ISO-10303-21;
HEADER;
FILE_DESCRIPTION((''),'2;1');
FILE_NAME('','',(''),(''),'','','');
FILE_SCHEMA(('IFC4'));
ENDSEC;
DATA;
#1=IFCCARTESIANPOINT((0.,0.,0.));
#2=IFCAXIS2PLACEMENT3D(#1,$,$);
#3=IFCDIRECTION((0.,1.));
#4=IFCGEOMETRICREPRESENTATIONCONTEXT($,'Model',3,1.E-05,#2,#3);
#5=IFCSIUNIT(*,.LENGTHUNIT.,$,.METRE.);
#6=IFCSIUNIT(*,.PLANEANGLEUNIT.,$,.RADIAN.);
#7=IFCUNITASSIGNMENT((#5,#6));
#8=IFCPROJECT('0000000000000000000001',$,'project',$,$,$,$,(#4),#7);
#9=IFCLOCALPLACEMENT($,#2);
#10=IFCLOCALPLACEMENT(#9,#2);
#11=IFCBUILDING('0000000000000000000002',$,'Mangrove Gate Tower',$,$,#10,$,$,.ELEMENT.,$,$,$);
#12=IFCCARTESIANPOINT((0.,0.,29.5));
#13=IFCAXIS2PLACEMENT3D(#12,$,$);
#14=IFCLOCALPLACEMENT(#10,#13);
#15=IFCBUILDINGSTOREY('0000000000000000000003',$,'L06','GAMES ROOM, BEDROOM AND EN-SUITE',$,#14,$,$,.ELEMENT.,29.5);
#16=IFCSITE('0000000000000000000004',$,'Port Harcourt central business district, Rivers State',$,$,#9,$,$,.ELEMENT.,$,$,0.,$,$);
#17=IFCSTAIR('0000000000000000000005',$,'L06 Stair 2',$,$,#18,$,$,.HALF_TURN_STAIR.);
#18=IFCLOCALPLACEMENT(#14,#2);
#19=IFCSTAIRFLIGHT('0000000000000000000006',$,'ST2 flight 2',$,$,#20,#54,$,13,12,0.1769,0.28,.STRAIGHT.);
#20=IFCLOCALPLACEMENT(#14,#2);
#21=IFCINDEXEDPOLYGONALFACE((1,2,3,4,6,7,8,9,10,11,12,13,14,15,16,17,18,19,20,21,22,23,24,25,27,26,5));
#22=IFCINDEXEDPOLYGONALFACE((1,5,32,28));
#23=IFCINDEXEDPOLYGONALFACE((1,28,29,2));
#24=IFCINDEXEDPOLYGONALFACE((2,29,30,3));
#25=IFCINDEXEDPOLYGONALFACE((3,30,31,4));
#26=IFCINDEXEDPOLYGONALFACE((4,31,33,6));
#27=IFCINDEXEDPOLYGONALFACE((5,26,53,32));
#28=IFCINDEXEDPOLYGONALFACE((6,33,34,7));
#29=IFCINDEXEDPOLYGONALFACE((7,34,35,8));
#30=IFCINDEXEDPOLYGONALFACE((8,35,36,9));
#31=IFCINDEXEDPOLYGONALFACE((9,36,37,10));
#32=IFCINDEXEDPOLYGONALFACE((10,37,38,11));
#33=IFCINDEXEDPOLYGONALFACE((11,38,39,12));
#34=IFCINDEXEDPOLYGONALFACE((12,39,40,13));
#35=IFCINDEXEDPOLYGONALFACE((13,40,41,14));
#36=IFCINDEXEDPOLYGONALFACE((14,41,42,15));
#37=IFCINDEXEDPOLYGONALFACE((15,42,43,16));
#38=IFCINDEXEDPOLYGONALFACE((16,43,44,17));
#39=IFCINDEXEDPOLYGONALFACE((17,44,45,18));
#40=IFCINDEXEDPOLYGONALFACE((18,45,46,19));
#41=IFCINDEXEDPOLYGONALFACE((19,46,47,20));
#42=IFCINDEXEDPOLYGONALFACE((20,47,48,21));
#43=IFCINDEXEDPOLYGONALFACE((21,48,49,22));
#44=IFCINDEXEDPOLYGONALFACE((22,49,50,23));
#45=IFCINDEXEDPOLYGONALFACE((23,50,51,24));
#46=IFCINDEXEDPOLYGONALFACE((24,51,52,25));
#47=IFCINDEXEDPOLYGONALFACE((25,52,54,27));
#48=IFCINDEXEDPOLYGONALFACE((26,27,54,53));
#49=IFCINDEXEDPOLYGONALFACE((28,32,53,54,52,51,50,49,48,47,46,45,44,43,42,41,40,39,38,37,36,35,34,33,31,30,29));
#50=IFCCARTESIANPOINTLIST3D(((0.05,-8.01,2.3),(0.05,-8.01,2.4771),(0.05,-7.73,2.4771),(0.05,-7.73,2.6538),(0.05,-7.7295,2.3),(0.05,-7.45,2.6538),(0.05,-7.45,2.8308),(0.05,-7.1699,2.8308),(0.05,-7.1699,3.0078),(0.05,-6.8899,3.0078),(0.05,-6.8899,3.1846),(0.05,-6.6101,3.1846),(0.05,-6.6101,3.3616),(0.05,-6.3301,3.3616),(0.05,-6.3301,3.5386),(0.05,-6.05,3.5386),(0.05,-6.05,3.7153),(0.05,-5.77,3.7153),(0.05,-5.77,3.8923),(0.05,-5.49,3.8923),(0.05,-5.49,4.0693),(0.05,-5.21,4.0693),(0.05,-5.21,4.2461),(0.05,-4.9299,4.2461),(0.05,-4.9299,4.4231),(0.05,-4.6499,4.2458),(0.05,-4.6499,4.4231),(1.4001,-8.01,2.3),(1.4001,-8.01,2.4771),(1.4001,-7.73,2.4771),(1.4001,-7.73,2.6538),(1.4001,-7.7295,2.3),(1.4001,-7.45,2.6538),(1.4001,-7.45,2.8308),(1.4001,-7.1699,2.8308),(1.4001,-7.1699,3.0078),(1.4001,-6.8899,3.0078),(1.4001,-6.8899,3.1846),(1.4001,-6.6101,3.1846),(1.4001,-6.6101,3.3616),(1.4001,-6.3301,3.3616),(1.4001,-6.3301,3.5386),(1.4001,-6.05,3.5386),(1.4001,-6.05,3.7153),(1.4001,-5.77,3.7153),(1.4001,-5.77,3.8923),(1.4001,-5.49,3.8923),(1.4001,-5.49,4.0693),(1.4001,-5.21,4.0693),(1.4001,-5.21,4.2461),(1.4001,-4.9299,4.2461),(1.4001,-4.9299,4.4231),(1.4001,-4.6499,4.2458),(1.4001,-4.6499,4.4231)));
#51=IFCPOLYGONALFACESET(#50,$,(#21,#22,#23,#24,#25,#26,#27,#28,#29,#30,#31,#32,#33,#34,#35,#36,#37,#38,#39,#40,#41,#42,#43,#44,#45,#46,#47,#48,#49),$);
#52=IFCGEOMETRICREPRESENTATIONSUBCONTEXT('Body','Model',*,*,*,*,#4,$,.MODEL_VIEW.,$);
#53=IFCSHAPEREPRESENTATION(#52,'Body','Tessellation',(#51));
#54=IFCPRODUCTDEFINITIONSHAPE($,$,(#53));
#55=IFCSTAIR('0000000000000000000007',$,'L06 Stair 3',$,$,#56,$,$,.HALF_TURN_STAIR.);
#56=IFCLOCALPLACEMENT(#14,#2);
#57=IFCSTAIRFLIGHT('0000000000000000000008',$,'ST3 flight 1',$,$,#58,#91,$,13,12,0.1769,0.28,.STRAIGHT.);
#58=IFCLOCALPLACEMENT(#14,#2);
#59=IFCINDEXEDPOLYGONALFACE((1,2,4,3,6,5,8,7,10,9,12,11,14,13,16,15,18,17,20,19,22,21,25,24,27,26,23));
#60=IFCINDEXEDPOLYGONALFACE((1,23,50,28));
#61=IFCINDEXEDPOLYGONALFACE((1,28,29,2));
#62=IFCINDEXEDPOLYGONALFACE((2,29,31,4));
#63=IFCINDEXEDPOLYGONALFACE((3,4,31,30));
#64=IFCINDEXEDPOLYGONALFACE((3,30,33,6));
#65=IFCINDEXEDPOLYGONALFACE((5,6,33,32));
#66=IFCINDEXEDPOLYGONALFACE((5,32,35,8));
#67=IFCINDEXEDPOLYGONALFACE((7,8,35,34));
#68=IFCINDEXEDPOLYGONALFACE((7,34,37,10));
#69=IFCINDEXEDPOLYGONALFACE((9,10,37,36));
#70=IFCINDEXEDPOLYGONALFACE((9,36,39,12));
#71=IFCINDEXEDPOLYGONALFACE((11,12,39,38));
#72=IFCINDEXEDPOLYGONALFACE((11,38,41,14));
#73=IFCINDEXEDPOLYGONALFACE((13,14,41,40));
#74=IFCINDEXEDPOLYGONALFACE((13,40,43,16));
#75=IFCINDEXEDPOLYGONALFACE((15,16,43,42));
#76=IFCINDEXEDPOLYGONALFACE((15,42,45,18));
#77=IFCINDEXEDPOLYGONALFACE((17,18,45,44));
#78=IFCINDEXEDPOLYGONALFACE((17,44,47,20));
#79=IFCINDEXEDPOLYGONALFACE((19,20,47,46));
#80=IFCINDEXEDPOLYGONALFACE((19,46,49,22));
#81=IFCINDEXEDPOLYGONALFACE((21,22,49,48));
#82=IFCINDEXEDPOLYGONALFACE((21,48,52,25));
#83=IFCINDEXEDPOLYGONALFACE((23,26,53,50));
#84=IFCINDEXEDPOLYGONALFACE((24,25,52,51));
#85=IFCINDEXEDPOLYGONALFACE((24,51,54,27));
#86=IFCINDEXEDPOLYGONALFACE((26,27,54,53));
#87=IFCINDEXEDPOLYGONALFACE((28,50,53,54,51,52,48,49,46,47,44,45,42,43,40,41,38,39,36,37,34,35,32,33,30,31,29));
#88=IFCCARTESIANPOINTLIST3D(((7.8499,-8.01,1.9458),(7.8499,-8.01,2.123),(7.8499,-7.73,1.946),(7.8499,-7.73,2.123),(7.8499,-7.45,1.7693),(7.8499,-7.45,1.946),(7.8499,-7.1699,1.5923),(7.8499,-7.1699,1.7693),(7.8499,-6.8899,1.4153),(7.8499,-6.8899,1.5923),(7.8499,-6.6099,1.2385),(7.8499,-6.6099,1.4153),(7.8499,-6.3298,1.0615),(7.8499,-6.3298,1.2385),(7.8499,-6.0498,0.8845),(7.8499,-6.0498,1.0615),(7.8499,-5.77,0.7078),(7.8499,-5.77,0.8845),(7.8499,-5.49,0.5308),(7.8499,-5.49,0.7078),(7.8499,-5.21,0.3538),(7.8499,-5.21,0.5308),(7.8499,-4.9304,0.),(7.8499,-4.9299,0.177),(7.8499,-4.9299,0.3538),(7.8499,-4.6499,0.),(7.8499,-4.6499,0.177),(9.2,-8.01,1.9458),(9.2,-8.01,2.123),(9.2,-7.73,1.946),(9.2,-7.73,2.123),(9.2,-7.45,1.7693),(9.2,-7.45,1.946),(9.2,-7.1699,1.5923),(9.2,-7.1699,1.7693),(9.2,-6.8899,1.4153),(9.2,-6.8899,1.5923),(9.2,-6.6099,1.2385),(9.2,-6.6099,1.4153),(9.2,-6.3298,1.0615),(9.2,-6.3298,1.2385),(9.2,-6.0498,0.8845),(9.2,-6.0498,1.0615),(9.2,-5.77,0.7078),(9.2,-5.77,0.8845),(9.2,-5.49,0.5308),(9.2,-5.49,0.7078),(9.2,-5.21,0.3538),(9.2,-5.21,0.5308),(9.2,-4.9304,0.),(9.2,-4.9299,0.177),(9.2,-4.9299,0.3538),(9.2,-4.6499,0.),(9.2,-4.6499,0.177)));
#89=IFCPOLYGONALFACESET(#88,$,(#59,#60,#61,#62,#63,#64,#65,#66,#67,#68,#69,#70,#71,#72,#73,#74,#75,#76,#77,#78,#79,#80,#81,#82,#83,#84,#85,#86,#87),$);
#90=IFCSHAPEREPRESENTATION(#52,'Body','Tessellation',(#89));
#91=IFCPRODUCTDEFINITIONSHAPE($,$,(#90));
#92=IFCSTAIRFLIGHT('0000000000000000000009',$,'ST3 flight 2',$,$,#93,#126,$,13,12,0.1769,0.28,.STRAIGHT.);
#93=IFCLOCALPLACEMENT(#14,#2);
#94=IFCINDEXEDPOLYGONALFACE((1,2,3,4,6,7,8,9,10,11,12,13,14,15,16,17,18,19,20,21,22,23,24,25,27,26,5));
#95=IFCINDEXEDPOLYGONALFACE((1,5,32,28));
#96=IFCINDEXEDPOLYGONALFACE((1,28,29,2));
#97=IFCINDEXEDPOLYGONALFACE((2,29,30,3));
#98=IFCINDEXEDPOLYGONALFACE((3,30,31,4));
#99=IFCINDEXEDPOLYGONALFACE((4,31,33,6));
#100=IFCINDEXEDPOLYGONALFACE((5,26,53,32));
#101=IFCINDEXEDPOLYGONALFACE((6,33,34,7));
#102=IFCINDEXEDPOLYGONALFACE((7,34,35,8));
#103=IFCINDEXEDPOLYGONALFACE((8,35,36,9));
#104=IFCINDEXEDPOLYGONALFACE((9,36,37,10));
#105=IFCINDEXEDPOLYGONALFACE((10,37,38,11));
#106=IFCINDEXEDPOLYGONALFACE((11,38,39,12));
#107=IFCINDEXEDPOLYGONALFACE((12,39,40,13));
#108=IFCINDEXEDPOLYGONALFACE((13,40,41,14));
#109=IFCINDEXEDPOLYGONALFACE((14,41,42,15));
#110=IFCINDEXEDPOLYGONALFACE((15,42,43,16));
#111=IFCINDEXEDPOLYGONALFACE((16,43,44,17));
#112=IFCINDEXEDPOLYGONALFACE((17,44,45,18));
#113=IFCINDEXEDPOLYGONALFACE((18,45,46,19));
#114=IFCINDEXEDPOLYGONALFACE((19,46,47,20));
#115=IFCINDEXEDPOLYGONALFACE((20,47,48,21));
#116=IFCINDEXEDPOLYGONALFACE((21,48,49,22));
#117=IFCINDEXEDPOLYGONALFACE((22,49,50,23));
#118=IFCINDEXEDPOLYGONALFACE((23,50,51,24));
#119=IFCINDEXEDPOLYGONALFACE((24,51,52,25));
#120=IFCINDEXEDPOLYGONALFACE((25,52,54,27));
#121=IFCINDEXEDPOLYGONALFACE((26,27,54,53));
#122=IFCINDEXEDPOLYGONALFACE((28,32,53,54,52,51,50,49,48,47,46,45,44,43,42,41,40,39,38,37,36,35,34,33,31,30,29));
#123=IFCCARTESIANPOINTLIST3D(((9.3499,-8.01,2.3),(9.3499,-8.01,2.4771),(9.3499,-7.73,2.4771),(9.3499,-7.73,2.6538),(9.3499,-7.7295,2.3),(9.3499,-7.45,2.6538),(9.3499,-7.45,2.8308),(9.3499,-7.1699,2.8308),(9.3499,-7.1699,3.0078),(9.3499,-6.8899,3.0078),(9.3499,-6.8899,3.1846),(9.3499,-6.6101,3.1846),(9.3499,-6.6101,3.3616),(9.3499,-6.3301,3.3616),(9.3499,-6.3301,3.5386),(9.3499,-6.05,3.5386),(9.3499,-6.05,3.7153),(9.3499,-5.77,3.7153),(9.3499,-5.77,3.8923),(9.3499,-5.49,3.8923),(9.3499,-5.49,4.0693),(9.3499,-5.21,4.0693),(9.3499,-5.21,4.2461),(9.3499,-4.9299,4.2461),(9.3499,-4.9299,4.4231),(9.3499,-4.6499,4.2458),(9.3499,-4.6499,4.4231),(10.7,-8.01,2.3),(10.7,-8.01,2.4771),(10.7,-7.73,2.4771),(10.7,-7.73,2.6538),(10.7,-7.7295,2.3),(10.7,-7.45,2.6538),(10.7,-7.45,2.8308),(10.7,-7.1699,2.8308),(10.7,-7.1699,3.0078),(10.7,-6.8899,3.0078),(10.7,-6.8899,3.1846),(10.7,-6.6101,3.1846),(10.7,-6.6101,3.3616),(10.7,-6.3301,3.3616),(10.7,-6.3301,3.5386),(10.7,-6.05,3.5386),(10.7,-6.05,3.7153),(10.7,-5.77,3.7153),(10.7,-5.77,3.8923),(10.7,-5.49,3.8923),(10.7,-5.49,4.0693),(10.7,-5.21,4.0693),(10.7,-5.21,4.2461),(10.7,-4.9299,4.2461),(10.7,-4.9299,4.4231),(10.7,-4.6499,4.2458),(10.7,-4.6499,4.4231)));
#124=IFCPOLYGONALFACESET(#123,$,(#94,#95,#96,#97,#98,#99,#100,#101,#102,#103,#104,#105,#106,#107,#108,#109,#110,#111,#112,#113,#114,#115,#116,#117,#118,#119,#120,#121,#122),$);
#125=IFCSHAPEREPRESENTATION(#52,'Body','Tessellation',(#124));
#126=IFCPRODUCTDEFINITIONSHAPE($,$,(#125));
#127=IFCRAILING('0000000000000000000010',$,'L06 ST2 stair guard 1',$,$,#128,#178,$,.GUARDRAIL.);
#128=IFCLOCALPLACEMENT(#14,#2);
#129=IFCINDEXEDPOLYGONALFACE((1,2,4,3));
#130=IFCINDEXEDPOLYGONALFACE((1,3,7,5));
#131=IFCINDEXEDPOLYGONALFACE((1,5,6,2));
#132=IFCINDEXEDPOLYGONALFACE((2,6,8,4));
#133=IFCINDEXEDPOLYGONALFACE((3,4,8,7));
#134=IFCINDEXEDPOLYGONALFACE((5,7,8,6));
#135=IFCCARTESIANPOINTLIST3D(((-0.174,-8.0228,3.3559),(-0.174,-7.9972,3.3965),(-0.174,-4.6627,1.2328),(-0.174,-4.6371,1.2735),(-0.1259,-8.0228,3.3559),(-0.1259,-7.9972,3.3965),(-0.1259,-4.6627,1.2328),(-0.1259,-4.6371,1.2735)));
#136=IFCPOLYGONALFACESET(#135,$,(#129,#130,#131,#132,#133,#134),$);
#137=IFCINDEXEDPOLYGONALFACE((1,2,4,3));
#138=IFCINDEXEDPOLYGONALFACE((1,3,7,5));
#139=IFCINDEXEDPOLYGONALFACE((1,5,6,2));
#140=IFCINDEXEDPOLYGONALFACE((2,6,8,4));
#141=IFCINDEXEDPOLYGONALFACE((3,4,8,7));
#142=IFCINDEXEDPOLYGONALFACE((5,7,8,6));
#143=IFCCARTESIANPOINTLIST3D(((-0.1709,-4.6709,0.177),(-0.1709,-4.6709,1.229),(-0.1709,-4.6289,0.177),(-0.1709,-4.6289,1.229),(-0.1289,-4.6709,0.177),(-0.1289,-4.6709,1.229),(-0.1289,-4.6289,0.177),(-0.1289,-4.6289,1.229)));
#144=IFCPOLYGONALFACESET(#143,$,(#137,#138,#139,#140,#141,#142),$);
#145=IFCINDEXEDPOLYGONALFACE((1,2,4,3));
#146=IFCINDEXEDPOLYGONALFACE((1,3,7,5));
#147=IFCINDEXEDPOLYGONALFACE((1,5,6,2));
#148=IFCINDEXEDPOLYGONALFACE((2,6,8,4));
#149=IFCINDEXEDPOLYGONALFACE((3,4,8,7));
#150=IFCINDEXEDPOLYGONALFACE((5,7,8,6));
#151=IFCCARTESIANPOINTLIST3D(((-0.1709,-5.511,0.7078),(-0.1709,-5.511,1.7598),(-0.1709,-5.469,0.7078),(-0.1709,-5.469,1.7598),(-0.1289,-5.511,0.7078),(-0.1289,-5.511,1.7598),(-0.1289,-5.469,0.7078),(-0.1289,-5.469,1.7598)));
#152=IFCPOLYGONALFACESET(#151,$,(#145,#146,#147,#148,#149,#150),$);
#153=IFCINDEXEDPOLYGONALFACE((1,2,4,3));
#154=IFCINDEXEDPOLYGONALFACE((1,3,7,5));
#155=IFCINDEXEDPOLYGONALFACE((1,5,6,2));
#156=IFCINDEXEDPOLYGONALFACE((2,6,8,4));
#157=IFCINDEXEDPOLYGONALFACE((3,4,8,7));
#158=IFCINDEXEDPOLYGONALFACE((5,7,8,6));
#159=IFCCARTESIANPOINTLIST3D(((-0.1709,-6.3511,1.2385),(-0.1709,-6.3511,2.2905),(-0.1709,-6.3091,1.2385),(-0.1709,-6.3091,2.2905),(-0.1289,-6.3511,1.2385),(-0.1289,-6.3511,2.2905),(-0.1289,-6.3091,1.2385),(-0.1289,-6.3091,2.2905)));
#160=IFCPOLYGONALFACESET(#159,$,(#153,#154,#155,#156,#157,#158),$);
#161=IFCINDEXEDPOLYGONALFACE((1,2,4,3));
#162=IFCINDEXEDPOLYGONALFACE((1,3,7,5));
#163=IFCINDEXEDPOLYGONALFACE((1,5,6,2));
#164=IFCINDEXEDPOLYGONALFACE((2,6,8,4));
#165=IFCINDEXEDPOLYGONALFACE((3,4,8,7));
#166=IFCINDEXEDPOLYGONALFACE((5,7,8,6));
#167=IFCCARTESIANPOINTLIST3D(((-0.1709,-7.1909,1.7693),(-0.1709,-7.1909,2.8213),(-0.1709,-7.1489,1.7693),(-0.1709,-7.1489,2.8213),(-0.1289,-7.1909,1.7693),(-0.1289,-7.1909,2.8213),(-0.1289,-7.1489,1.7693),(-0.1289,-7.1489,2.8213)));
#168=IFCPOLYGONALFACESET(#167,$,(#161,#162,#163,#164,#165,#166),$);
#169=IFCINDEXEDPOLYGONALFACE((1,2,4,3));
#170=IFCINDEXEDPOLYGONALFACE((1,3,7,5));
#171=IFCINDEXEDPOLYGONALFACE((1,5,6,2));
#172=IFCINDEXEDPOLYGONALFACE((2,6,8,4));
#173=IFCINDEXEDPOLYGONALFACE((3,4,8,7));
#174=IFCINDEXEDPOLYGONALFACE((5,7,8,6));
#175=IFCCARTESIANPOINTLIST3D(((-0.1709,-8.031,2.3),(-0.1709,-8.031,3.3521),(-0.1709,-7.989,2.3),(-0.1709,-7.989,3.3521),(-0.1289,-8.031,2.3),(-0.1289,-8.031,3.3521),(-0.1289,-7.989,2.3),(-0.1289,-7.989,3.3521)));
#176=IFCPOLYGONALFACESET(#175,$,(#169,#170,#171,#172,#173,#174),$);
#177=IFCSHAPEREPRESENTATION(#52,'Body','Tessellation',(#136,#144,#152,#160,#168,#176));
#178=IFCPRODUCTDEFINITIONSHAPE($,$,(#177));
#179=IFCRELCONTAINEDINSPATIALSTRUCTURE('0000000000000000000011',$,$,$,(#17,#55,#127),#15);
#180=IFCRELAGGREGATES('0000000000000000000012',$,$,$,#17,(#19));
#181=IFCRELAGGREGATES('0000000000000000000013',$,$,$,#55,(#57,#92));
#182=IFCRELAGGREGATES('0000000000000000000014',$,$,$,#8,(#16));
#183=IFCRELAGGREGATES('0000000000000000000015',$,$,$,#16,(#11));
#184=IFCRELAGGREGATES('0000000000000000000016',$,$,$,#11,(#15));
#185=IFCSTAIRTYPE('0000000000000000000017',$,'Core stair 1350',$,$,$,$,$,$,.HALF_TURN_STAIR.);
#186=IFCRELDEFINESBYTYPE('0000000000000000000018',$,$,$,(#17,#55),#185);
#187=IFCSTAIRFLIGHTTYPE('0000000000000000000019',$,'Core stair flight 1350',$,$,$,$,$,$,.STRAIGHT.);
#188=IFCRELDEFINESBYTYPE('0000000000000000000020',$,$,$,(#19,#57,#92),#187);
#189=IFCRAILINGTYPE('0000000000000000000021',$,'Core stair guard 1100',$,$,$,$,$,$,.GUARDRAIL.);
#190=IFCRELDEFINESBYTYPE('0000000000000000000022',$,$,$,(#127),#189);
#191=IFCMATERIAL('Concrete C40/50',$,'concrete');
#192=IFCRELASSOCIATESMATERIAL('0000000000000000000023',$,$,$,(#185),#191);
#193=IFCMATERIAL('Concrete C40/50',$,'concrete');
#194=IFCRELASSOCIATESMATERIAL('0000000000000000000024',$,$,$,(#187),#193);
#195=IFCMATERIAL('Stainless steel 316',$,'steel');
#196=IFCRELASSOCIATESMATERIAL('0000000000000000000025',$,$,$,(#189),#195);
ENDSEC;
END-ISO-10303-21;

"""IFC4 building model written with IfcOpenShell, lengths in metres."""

from ifc_helpers import new_model, si_unit, direction, frame, origin, origin_2d, place, context, subcontext, project, spatial, polyline, rectangle, outline, extrude, material, type_object, element, aggregate, save


model = new_model("IFC4")

# Units and contexts
model_context = context("Model", 3, precision=1e-05, world=origin(), true_north=direction((0.0, 1.0)))
body_context = subcontext(model_context, "Body", "Model", "MODEL_VIEW")
ifc_project = project(units=[si_unit("LENGTHUNIT", "METRE"), si_unit("PLANEANGLEUNIT", "RADIAN")], contexts=[model_context])

# Site, building, storey
site_placement = place(None, origin())
site = spatial("IfcSite", under=ifc_project, at=site_placement, Name="Port Harcourt central business district, Rivers State", CompositionType="ELEMENT", RefElevation=0.0)
building_placement = place(site_placement, origin())
building = spatial("IfcBuilding", under=site, at=building_placement, Name="Mangrove Gate Tower", CompositionType="ELEMENT")
storey_placement = place(building_placement, frame((0.0, 0.0, 29.5)))
storey = spatial("IfcBuildingStorey", under=building, at=storey_placement, Name="L06", Description="GAMES ROOM, BEDROOM AND EN-SUITE", CompositionType="ELEMENT", Elevation=29.5)

# Stairs, stair flights
ifc_material_1 = material(Name="Concrete C40/50", Category="concrete")
stair_type = type_object("IfcStairType", Name="Core stair 1350", PredefinedType="HALF_TURN_STAIR", material=ifc_material_1)
stair_1_placement = place(storey_placement, origin())
stair_1 = element("IfcStair", 1, at=stair_1_placement, inside=storey, type_object=stair_type, Name="L06 Stair 2", PredefinedType="HALF_TURN_STAIR")
ifc_material_2 = material(Name="Concrete C40/50", Category="concrete")
stair_flight_type = type_object("IfcStairFlightType", Name="Core stair flight 1350", PredefinedType="STRAIGHT", material=ifc_material_2)
stair_flight_1_placement = place(storey_placement, frame((0.7251, -8.01, 2.3), z_axis=(0.0, 0.0, 1.0), x_axis=(0.0, 1.0, 0.0)))
stair_flight_1 = element("IfcStairFlight", 2, at=stair_flight_1_placement, type_object=stair_flight_type, Name="ST2 flight 2", NumberOfRisers=13, NumberOfTreads=12, PredefinedType="STRAIGHT", RiserHeight=0.1769, TreadLength=0.28, context=body_context, shape_type="SweptSolid", body=[
    extrude(outline(polyline([(0.0, 0.0), (0.0, 0.177), (0.28, 0.177), (0.28, 0.3538), (0.5601, 0.3538), (0.5601, 0.5308), (0.8401, 0.5308), (0.8401, 0.7078), (1.1201, 0.7078), (1.1201, 0.8845), (1.3999, 0.8845), (1.3999, 1.0615), (1.6799, 1.0615), (1.6799, 1.2385), (1.96, 1.2385), (1.96, 1.4153), (2.24, 1.4153), (2.24, 1.5923), (2.52, 1.5923), (2.52, 1.7693), (2.8, 1.7693), (2.8, 1.946), (3.0801, 1.946), (3.0801, 2.123), (3.3601, 2.123), (3.3601, 2.3), (3.3601, 1.9458), (0.2805, 0.0), (0.0, 0.0)])), frame((0.0, 0.675, 0.0), z_axis=(0.0, -1.0, 0.0), x_axis=(1.0, 0.0, 0.0)), (0.0, 0.0, 1.0), 1.3501),
])
aggregate(stair_1, [stair_flight_1])
stair_2_placement = place(storey_placement, origin())
stair_2 = element("IfcStair", 3, at=stair_2_placement, inside=storey, type_object=stair_type, Name="L06 Stair 3", PredefinedType="HALF_TURN_STAIR")
stair_flight_2_placement = place(storey_placement, frame((8.5249, -4.6499, 0.0), z_axis=(0.0, 0.0, 1.0), x_axis=(0.0, -1.0, 0.0)))
stair_flight_2 = element("IfcStairFlight", 4, at=stair_flight_2_placement, type_object=stair_flight_type, Name="ST3 flight 1", NumberOfRisers=13, NumberOfTreads=12, PredefinedType="STRAIGHT", RiserHeight=0.1769, TreadLength=0.28, context=body_context, shape_type="SweptSolid", body=[
    extrude(outline(polyline([(0.0, 0.0), (0.0, 0.177), (0.28, 0.177), (0.28, 0.3538), (0.5601, 0.3538), (0.5601, 0.5308), (0.8401, 0.5308), (0.8401, 0.7078), (1.1201, 0.7078), (1.1201, 0.8845), (1.3999, 0.8845), (1.3999, 1.0615), (1.6799, 1.0615), (1.6799, 1.2385), (1.96, 1.2385), (1.96, 1.4153), (2.24, 1.4153), (2.24, 1.5923), (2.52, 1.5923), (2.52, 1.7693), (2.8, 1.7693), (2.8, 1.946), (3.0801, 1.946), (3.0801, 2.123), (3.3601, 2.123), (3.3601, 2.3), (3.3601, 1.9458), (0.2805, 0.0), (0.0, 0.0)])), frame((0.0, 0.675, 0.0), z_axis=(0.0, -1.0, 0.0), x_axis=(1.0, 0.0, 0.0)), (0.0, 0.0, 1.0), 1.3501),
])
stair_flight_3_placement = place(storey_placement, frame((10.0249, -8.01, 2.3), z_axis=(0.0, 0.0, 1.0), x_axis=(0.0, 1.0, 0.0)))
stair_flight_3 = element("IfcStairFlight", 5, at=stair_flight_3_placement, type_object=stair_flight_type, Name="ST3 flight 2", NumberOfRisers=13, NumberOfTreads=12, PredefinedType="STRAIGHT", RiserHeight=0.1769, TreadLength=0.28, context=body_context, shape_type="SweptSolid", body=[
    extrude(outline(polyline([(0.0, 0.0), (0.0, 0.177), (0.28, 0.177), (0.28, 0.3538), (0.5601, 0.3538), (0.5601, 0.5308), (0.8401, 0.5308), (0.8401, 0.7078), (1.1201, 0.7078), (1.1201, 0.8845), (1.3999, 0.8845), (1.3999, 1.0615), (1.6799, 1.0615), (1.6799, 1.2385), (1.96, 1.2385), (1.96, 1.4153), (2.24, 1.4153), (2.24, 1.5923), (2.52, 1.5923), (2.52, 1.7693), (2.8, 1.7693), (2.8, 1.946), (3.0801, 1.946), (3.0801, 2.123), (3.3601, 2.123), (3.3601, 2.3), (3.3601, 1.9458), (0.2805, 0.0), (0.0, 0.0)])), frame((0.0, 0.675, 0.0), z_axis=(0.0, -1.0, 0.0), x_axis=(1.0, 0.0, 0.0)), (0.0, 0.0, 1.0), 1.3501),
])
aggregate(stair_2, [stair_flight_2, stair_flight_3])

# Railing
ifc_material_3 = material(Name="Stainless steel 316", Category="steel")
railing_type_1 = type_object("IfcRailingType", Name="Core stair guard 1100", PredefinedType="GUARDRAIL", material=ifc_material_3)
railing_1_placement = place(storey_placement, frame((-0.1499, -4.6499, 0.177)))
element("IfcRailing", 6, at=railing_1_placement, inside=storey, type_object=railing_type_1, Name="L06 ST2 stair guard 1", PredefinedType="GUARDRAIL", context=body_context, shape_type="SweptSolid", body=[
    extrude(rectangle(XDim=0.0481, YDim=0.0481, at=origin_2d()), frame((0.0, 0.0, 1.0762), z_axis=(0.0, -0.84539, 0.53415), x_axis=(1.0, 0.0, 0.0)), (0.0, 0.0, 1.0), 3.9746),
    extrude(rectangle(XDim=0.042, YDim=0.042, at=origin_2d()), origin(), (0.0, 0.0, 1.0), 1.052),
    extrude(rectangle(XDim=0.042, YDim=0.042, at=origin_2d()), frame((0.0, -0.8401, 0.5308)), (0.0, 0.0, 1.0), 1.052),
    extrude(rectangle(XDim=0.042, YDim=0.042, at=origin_2d()), frame((0.0, -1.6802, 1.0615)), (0.0, 0.0, 1.0), 1.052),
    extrude(rectangle(XDim=0.042, YDim=0.042, at=origin_2d()), frame((0.0, -2.52, 1.5923)), (0.0, 0.0, 1.0), 1.052),
    extrude(rectangle(XDim=0.042, YDim=0.042, at=origin_2d()), frame((0.0, -3.3601, 2.123)), (0.0, 0.0, 1.0), 1.052),
])

save(model, "model.ifc")
